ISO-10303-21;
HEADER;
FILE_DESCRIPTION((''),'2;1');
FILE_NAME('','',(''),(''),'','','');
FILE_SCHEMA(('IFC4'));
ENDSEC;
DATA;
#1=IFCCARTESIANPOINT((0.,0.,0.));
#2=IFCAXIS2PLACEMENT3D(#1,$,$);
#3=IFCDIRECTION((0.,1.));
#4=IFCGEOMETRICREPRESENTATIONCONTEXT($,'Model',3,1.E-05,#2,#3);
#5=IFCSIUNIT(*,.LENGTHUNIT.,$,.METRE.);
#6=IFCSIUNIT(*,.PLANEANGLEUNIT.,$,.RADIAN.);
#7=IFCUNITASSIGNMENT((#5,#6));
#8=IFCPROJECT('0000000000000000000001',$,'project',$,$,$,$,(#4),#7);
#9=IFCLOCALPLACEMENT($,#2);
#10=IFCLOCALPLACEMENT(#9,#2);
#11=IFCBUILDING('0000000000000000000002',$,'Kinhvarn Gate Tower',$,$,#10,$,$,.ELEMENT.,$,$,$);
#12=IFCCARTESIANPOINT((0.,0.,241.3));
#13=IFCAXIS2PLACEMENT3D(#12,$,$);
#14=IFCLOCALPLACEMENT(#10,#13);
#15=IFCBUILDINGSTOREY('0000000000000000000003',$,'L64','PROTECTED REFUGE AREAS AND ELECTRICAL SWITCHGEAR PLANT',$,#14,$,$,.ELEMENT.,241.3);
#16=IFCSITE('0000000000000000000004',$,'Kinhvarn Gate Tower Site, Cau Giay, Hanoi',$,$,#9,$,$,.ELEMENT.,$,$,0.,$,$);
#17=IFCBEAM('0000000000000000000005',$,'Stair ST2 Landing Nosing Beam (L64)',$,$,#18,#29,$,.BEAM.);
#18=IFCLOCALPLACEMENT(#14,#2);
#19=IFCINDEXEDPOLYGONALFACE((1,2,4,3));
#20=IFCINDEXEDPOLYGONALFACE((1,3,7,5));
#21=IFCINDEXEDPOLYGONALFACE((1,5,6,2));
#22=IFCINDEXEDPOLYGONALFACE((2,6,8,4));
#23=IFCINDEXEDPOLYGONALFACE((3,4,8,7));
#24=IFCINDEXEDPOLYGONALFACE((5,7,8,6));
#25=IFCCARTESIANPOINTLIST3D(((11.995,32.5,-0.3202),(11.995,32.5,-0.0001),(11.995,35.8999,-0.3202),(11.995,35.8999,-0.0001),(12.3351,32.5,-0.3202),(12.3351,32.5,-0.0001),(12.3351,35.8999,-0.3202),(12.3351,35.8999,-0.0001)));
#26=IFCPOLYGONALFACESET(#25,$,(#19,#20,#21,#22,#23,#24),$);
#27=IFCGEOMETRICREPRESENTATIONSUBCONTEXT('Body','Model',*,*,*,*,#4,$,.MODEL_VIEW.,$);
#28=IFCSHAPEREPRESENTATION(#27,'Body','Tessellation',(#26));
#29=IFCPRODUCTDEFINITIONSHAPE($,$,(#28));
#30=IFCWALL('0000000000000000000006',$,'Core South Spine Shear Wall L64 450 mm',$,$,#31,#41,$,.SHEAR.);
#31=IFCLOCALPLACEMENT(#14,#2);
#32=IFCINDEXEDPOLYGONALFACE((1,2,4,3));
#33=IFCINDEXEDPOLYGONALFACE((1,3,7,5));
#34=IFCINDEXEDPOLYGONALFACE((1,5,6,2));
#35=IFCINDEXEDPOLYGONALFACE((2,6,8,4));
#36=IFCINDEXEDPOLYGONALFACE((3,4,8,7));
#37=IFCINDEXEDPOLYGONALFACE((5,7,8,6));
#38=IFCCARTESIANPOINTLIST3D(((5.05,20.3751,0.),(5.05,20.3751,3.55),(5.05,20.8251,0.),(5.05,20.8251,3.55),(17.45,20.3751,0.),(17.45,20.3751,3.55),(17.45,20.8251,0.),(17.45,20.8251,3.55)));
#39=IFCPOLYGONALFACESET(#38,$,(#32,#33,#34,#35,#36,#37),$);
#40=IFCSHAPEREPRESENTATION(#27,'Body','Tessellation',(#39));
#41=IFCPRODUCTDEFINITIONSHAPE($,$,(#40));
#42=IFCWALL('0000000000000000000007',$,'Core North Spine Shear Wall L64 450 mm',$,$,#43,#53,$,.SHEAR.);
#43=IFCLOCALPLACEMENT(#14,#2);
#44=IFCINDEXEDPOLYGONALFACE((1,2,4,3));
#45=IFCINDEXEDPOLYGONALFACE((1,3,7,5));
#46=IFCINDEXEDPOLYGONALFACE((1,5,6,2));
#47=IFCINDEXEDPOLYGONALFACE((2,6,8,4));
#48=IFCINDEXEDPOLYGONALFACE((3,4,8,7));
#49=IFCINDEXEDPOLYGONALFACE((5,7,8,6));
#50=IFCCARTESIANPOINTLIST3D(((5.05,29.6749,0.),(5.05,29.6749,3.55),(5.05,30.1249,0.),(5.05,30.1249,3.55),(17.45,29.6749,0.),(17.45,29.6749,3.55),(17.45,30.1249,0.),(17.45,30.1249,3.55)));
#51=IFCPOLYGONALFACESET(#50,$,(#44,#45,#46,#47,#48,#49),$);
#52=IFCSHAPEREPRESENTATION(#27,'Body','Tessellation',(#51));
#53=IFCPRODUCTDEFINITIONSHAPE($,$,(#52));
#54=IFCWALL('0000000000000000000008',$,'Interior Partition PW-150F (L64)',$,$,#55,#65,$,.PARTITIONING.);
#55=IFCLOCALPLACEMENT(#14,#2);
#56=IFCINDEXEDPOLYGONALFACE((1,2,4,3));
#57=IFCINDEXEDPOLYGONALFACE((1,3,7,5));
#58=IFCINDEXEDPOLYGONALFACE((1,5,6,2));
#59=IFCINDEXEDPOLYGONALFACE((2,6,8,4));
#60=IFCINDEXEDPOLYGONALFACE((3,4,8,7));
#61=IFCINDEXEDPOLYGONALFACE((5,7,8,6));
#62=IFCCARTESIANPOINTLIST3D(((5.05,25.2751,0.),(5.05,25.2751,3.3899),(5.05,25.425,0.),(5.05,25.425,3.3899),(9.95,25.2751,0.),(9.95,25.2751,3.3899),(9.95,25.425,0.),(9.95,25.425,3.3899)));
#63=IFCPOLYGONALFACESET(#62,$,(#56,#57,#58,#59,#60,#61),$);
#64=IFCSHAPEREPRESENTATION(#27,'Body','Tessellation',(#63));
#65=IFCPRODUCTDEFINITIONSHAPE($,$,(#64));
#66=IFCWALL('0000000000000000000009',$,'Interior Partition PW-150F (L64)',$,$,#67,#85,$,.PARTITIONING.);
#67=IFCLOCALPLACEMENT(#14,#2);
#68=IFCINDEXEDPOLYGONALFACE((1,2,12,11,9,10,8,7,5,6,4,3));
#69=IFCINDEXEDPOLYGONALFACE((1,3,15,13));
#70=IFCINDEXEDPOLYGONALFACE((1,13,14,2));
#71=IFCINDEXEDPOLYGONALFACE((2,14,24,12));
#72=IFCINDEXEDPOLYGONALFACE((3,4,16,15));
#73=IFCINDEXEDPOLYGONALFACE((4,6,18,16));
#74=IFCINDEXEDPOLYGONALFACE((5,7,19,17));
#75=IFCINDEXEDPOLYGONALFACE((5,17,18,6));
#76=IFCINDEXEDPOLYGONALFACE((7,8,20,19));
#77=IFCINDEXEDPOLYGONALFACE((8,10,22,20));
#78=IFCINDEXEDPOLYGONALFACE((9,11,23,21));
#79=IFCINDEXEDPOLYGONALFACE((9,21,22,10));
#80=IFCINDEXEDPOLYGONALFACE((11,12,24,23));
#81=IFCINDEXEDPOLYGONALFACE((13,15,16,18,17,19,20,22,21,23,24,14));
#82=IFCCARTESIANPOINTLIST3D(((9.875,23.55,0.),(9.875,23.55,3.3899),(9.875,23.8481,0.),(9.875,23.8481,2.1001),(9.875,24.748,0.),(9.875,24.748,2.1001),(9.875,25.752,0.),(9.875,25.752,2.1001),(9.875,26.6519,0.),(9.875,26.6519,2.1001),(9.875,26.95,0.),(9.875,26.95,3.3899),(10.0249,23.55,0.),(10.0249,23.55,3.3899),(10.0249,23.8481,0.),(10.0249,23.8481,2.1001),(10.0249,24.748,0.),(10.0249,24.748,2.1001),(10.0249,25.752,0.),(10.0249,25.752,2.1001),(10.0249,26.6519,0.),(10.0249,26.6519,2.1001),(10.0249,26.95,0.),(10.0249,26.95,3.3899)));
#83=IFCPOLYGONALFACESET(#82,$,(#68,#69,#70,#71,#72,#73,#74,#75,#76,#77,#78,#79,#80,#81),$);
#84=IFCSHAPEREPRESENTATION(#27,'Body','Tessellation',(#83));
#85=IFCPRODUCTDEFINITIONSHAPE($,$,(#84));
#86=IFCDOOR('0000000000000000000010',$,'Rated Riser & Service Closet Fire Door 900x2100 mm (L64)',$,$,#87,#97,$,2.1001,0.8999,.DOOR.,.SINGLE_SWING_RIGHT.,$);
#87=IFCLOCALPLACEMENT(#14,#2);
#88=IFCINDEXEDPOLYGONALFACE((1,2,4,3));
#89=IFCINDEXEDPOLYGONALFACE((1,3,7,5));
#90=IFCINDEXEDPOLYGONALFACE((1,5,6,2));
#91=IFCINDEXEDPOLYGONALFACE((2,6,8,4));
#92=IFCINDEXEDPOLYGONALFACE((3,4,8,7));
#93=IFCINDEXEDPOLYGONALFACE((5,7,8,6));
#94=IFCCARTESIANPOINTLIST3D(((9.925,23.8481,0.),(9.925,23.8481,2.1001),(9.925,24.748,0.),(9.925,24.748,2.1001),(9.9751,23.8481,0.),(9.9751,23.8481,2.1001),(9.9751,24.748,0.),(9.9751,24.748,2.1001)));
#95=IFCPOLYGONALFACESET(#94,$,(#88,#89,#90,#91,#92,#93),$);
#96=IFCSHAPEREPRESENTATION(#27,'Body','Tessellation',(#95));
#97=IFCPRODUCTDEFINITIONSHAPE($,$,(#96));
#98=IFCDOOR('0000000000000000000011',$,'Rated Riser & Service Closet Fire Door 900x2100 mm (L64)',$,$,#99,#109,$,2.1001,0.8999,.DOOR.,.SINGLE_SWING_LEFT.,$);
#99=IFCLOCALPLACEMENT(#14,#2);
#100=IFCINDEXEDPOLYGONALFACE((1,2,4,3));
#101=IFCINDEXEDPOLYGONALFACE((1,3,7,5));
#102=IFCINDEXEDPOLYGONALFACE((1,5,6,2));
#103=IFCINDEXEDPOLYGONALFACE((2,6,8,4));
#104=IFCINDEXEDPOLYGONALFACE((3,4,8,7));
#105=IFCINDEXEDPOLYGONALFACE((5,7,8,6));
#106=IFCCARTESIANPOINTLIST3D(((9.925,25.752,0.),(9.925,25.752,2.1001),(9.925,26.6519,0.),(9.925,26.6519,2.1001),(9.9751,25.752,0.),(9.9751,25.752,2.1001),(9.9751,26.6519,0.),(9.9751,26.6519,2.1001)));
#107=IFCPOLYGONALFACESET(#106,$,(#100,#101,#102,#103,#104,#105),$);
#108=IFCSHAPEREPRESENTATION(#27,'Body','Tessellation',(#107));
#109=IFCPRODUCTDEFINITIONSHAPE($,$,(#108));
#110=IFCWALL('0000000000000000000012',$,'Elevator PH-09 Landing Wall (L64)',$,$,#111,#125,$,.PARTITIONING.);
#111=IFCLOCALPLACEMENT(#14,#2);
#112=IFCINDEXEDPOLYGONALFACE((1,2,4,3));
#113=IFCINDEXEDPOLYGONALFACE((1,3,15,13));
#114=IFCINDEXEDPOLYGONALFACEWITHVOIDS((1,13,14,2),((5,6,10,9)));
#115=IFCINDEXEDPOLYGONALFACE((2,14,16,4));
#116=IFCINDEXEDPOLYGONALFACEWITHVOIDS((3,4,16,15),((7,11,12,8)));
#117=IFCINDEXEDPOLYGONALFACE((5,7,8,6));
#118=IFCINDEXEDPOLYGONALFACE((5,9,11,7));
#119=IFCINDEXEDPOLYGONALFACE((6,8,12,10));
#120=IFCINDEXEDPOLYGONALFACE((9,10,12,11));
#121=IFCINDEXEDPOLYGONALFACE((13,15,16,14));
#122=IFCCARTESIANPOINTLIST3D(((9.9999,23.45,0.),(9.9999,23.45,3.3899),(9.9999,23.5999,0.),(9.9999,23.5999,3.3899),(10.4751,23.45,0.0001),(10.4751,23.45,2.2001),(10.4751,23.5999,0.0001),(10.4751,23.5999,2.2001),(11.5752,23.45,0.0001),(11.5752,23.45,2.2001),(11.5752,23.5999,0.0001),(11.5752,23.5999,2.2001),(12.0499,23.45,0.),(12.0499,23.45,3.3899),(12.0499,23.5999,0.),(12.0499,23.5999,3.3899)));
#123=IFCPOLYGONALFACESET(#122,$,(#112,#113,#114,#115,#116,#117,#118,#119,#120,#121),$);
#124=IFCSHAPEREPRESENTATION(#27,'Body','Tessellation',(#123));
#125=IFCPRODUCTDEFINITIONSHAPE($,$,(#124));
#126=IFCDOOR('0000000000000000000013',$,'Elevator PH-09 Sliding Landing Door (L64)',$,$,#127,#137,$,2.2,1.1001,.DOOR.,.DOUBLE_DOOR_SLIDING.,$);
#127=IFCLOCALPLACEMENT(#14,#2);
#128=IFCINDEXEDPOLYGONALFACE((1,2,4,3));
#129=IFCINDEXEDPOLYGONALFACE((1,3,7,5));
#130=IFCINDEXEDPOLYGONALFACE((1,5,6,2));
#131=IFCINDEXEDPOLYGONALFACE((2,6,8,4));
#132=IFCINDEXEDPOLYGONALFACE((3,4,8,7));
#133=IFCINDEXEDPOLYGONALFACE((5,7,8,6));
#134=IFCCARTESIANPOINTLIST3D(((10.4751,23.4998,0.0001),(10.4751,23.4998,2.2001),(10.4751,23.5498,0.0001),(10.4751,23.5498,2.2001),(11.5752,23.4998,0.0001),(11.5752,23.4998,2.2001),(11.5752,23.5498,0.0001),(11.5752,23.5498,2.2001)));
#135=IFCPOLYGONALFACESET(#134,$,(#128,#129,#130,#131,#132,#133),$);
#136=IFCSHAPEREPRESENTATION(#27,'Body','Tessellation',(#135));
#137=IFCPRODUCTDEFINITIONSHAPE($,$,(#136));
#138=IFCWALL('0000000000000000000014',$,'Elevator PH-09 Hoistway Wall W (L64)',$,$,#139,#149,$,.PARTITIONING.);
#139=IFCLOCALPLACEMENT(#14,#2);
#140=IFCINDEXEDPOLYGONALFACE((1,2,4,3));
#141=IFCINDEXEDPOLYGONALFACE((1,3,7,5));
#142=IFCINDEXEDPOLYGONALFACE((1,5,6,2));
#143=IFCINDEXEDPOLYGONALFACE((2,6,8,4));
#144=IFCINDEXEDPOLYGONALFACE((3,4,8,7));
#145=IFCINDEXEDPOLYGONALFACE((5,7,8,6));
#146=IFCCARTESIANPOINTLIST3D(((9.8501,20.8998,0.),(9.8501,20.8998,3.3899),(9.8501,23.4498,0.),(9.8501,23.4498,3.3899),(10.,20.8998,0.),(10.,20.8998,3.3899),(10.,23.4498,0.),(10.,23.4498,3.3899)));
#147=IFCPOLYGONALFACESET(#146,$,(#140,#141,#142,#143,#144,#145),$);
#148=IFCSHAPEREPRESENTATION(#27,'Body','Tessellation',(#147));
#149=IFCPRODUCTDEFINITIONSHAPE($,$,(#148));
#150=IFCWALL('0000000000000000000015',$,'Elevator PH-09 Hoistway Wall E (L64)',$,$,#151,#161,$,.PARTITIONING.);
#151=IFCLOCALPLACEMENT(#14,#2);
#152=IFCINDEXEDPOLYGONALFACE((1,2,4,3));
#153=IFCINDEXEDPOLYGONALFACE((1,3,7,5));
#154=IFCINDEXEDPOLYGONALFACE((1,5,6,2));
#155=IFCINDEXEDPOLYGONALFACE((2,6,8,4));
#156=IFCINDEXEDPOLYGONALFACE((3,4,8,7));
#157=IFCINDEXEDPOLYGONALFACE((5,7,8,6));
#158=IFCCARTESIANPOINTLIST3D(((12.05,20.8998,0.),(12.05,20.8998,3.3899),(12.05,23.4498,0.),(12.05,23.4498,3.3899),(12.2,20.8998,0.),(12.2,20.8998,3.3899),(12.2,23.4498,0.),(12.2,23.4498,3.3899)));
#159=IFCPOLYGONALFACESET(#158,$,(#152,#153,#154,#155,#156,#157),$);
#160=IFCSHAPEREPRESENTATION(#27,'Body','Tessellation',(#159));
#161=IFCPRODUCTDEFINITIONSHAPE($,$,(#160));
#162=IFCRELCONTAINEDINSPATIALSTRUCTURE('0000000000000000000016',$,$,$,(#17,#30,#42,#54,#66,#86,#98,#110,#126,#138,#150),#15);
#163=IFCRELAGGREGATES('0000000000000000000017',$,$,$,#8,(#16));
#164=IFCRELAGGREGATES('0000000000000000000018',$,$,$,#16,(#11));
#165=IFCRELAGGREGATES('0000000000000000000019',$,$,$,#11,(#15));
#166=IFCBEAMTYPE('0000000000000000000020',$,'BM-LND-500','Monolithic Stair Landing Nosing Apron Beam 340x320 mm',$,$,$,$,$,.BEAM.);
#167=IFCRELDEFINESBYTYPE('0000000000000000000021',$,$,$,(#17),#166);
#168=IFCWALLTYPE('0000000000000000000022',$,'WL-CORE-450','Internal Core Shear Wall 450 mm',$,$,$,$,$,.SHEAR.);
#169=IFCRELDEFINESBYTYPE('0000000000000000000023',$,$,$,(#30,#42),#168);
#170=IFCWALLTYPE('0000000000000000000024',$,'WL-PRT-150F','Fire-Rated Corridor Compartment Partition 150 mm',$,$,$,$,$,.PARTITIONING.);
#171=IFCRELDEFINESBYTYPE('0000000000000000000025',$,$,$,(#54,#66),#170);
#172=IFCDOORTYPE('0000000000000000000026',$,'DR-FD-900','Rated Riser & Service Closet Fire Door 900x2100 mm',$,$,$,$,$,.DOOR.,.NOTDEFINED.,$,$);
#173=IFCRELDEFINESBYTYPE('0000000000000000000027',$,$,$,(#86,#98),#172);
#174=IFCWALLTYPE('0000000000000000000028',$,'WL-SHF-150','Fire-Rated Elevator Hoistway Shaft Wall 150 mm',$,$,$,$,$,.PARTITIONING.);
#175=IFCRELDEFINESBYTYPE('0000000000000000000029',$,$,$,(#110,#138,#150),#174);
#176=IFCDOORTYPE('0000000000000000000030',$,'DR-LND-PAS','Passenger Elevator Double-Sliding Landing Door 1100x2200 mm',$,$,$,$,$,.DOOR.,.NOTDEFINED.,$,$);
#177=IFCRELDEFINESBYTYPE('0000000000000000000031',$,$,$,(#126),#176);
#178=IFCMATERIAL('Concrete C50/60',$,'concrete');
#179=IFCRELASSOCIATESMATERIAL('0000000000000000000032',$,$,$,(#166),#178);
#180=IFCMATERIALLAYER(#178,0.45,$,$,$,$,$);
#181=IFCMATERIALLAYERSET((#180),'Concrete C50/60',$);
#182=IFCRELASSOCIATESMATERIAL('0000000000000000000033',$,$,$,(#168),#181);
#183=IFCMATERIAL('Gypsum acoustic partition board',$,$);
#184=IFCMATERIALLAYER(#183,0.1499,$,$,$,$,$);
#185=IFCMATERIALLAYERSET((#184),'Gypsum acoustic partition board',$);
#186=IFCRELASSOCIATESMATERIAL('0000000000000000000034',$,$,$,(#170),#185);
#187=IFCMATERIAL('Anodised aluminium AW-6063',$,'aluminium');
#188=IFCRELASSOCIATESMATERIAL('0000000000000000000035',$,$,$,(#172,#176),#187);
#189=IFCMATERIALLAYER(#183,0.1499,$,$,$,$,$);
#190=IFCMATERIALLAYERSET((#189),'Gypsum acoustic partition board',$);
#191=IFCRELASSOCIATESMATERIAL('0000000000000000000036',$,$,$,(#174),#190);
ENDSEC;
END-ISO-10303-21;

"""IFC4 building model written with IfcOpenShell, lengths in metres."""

from ifc_helpers import new_model, si_unit, direction, frame, frame_2d, origin, origin_2d, place, context, subcontext, project, spatial, rectangle, extrude, material, layer, layer_set, material_profile, profile_set, type_object, element, fill, save


model = new_model("IFC4")

# Units and contexts
model_context = context("Model", 3, precision=1e-05, world=origin(), true_north=direction((0.0, 1.0)))
body_context = subcontext(model_context, "Body", "Model", "MODEL_VIEW")
ifc_project = project(units=[si_unit("LENGTHUNIT", "METRE"), si_unit("PLANEANGLEUNIT", "RADIAN")], contexts=[model_context])

# Site, building, storey
site_placement = place(None, origin())
site = spatial("IfcSite", under=ifc_project, at=site_placement, Name="Kinhvarn Gate Tower Site, Cau Giay, Hanoi", CompositionType="ELEMENT", RefElevation=0.0)
building_placement = place(site_placement, origin())
building = spatial("IfcBuilding", under=site, at=building_placement, Name="Kinhvarn Gate Tower", CompositionType="ELEMENT")
storey_placement = place(building_placement, frame((0.0, 0.0, 241.3)))
storey = spatial("IfcBuildingStorey", under=building, at=storey_placement, Name="L64", Description="PROTECTED REFUGE AREAS AND ELECTRICAL SWITCHGEAR PLANT", CompositionType="ELEMENT", Elevation=241.3)

# Beam
ifc_material_1 = material(Name="Concrete C50/60", Category="concrete")
ifc_material_profile = material_profile(ifc_material_1, rectangle(XDim=0.3401, YDim=0.3201, at=origin_2d()), Name="RC 340x320")
ifc_profile_set = profile_set([ifc_material_profile], Name="Concrete C50/60")
beam_type = type_object("IfcBeamType", Name="BM-LND-500", Description="Monolithic Stair Landing Nosing Apron Beam 340x320 mm", PredefinedType="BEAM", material=ifc_profile_set)
beam_placement = place(storey_placement, frame((12.165, 32.5, -0.1602), z_axis=(0.0, 1.0, 0.0), x_axis=(-1.0, 0.0, 0.0)))
element("IfcBeam", 1, at=beam_placement, inside=storey, type_object=beam_type, Name="Stair ST2 Landing Nosing Beam (L64)", PredefinedType="BEAM", context=body_context, shape_type="SweptSolid", body=[
    extrude(rectangle(XDim=0.3401, YDim=0.3201, at=origin_2d()), origin(), (0.0, 0.0, 1.0), 3.3999),
])

# Walls
ifc_layer_1 = layer(ifc_material_1, 0.45)
ifc_layer_set_1 = layer_set([ifc_layer_1], Name="Concrete C50/60")
wall_type_1 = type_object("IfcWallType", Name="WL-CORE-450", Description="Internal Core Shear Wall 450 mm", PredefinedType="SHEAR", material=ifc_layer_set_1)
for number, where, z_axis, x_axis, name in (
    (2, (5.05, 20.6001, 0.0), (0.0, 0.0, 1.0), (1.0, 0.0, 0.0), "Core South Spine Shear Wall L64 450 mm"),
    (3, (5.05, 29.8999, 0.0), (0.0, 0.0, 1.0), (1.0, 0.0, 0.0), "Core North Spine Shear Wall L64 450 mm"),
):
    element("IfcWall", number, at=place(storey_placement, frame(where, z_axis=z_axis, x_axis=x_axis)), inside=storey, type_object=wall_type_1, Name=name, PredefinedType="SHEAR", context=body_context, shape_type="SweptSolid", body=[
        extrude(rectangle(XDim=12.3999, YDim=0.45, at=frame_2d((6.2, 0.0))), origin(), (0.0, 0.0, 1.0), 3.55),
    ])
ifc_material_2 = material(Name="Gypsum acoustic partition board")
ifc_layer_2 = layer(ifc_material_2, 0.1499)
ifc_layer_set_2 = layer_set([ifc_layer_2], Name="Gypsum acoustic partition board")
wall_type_2 = type_object("IfcWallType", Name="WL-PRT-150F", Description="Fire-Rated Corridor Compartment Partition 150 mm", PredefinedType="PARTITIONING", material=ifc_layer_set_2)
wall_1_placement = place(storey_placement, frame((5.05, 25.3501, 0.0), z_axis=(0.0, 0.0, 1.0), x_axis=(1.0, 0.0, 0.0)))
element("IfcWall", 4, at=wall_1_placement, inside=storey, type_object=wall_type_2, Name="Interior Partition PW-150F (L64)", PredefinedType="PARTITIONING", context=body_context, shape_type="SweptSolid", body=[
    extrude(rectangle(XDim=4.8999, YDim=0.1499, at=frame_2d((2.45, 0.0))), origin(), (0.0, 0.0, 1.0), 3.3899),
])

# Wall, openings, doors
wall_2_placement = place(storey_placement, frame((9.95, 23.55, 0.0), z_axis=(0.0, 0.0, 1.0), x_axis=(0.0, 1.0, 0.0)))
wall_2 = element("IfcWall", 5, at=wall_2_placement, inside=storey, type_object=wall_type_2, Name="Interior Partition PW-150F (L64)", PredefinedType="PARTITIONING", context=body_context, shape_type="SweptSolid", body=[
    extrude(rectangle(XDim=3.3999, YDim=0.1499, at=frame_2d((1.7, 0.0))), origin(), (0.0, 0.0, 1.0), 3.3899),
])
opening_1_placement = place(wall_2_placement, frame((0.2981, 0.0, 0.0)))
opening_1 = element("IfcOpeningElement", 6, at=opening_1_placement, cuts=wall_2, PredefinedType="OPENING", context=body_context, shape_type="SweptSolid", body=[
    extrude(rectangle(XDim=0.8999, YDim=2.1001, at=frame_2d((0.45, 1.05))), frame((0.0, 0.085, 0.0), z_axis=(0.0, -1.0, 0.0), x_axis=(1.0, 0.0, 0.0)), (0.0, 0.0, 1.0), 0.1699),
])
opening_2_placement = place(wall_2_placement, frame((2.2019, 0.0, 0.0)))
opening_2 = element("IfcOpeningElement", 7, at=opening_2_placement, cuts=wall_2, PredefinedType="OPENING", context=body_context, shape_type="SweptSolid", body=[
    extrude(rectangle(XDim=0.8999, YDim=2.1001, at=frame_2d((0.45, 1.05))), frame((0.0, 0.085, 0.0), z_axis=(0.0, -1.0, 0.0), x_axis=(1.0, 0.0, 0.0)), (0.0, 0.0, 1.0), 0.1699),
])
ifc_material_3 = material(Name="Anodised aluminium AW-6063", Category="aluminium")
door_type_1 = type_object("IfcDoorType", Name="DR-FD-900", Description="Rated Riser & Service Closet Fire Door 900x2100 mm", OperationType="NOTDEFINED", PredefinedType="DOOR", material=ifc_material_3)
door_1_placement = place(opening_1_placement, origin())
door_1 = element("IfcDoor", 8, at=door_1_placement, inside=storey, type_object=door_type_1, Name="Rated Riser & Service Closet Fire Door 900x2100 mm (L64)", OperationType="SINGLE_SWING_RIGHT", OverallHeight=2.1001, OverallWidth=0.8999, PredefinedType="DOOR", context=body_context, shape_type="SweptSolid", body=[
    extrude(rectangle(XDim=0.8999, YDim=2.1001, at=frame_2d((0.45, 1.05))), frame((0.0, 0.0249, 0.0), z_axis=(0.0, -1.0, 0.0), x_axis=(1.0, 0.0, 0.0)), (0.0, 0.0, 1.0), 0.05),
])
fill(opening_1, door_1)
door_2_placement = place(opening_2_placement, origin())
door_2 = element("IfcDoor", 9, at=door_2_placement, inside=storey, type_object=door_type_1, Name="Rated Riser & Service Closet Fire Door 900x2100 mm (L64)", OperationType="SINGLE_SWING_LEFT", OverallHeight=2.1001, OverallWidth=0.8999, PredefinedType="DOOR", context=body_context, shape_type="SweptSolid", body=[
    extrude(rectangle(XDim=0.8999, YDim=2.1001, at=frame_2d((0.45, 1.05))), frame((0.0, 0.0249, 0.0), z_axis=(0.0, -1.0, 0.0), x_axis=(1.0, 0.0, 0.0)), (0.0, 0.0, 1.0), 0.05),
])
fill(opening_2, door_2)

# Wall, opening, door
ifc_layer_3 = layer(ifc_material_2, 0.1499)
ifc_layer_set_3 = layer_set([ifc_layer_3], Name="Gypsum acoustic partition board")
wall_type_3 = type_object("IfcWallType", Name="WL-SHF-150", Description="Fire-Rated Elevator Hoistway Shaft Wall 150 mm", PredefinedType="PARTITIONING", material=ifc_layer_set_3)
wall_3_placement = place(storey_placement, frame((10.0, 23.5249, 0.0), z_axis=(0.0, 0.0, 1.0), x_axis=(1.0, 0.0, 0.0)))
wall_3 = element("IfcWall", 10, at=wall_3_placement, inside=storey, type_object=wall_type_3, Name="Elevator PH-09 Landing Wall (L64)", PredefinedType="PARTITIONING", context=body_context, shape_type="SweptSolid", body=[
    extrude(rectangle(XDim=2.05, YDim=0.1499, at=frame_2d((1.0249, 0.0))), origin(), (0.0, 0.0, 1.0), 3.3899),
])
opening_3_placement = place(wall_3_placement, frame((0.4751, 0.0, 0.0)))
opening_3 = element("IfcOpeningElement", 11, at=opening_3_placement, cuts=wall_3, PredefinedType="OPENING", context=body_context, shape_type="SweptSolid", body=[
    extrude(rectangle(XDim=1.1001, YDim=2.2, at=frame_2d((0.55, 1.1001))), frame((0.0, 0.085, 0.0), z_axis=(0.0, -1.0, 0.0), x_axis=(1.0, 0.0, 0.0)), (0.0, 0.0, 1.0), 0.1699),
])
door_type_2 = type_object("IfcDoorType", Name="DR-LND-PAS", Description="Passenger Elevator Double-Sliding Landing Door 1100x2200 mm", OperationType="NOTDEFINED", PredefinedType="DOOR", material=ifc_material_3)
door_3_placement = place(opening_3_placement, origin())
door_3 = element("IfcDoor", 12, at=door_3_placement, inside=storey, type_object=door_type_2, Name="Elevator PH-09 Sliding Landing Door (L64)", OperationType="DOUBLE_DOOR_SLIDING", OverallHeight=2.2, OverallWidth=1.1001, PredefinedType="DOOR", context=body_context, shape_type="SweptSolid", body=[
    extrude(rectangle(XDim=1.1001, YDim=2.2, at=frame_2d((0.55, 1.1001))), frame((0.0, 0.0249, 0.0), z_axis=(0.0, -1.0, 0.0), x_axis=(1.0, 0.0, 0.0)), (0.0, 0.0, 1.0), 0.05),
])
fill(opening_3, door_3)

# Walls
for number, where, z_axis, x_axis, name in (
    (13, (9.925, 20.8999, 0.0), (0.0, 0.0, 1.0), (0.0, 1.0, 0.0), "Elevator PH-09 Hoistway Wall W (L64)"),
    (14, (12.125, 20.8999, 0.0), (0.0, 0.0, 1.0), (0.0, 1.0, 0.0), "Elevator PH-09 Hoistway Wall E (L64)"),
):
    element("IfcWall", number, at=place(storey_placement, frame(where, z_axis=z_axis, x_axis=x_axis)), inside=storey, type_object=wall_type_3, Name=name, PredefinedType="PARTITIONING", context=body_context, shape_type="SweptSolid", body=[
        extrude(rectangle(XDim=2.55, YDim=0.1499, at=frame_2d((1.2749, 0.0))), origin(), (0.0, 0.0, 1.0), 3.3899),
    ])

save(model, "model.ifc")
